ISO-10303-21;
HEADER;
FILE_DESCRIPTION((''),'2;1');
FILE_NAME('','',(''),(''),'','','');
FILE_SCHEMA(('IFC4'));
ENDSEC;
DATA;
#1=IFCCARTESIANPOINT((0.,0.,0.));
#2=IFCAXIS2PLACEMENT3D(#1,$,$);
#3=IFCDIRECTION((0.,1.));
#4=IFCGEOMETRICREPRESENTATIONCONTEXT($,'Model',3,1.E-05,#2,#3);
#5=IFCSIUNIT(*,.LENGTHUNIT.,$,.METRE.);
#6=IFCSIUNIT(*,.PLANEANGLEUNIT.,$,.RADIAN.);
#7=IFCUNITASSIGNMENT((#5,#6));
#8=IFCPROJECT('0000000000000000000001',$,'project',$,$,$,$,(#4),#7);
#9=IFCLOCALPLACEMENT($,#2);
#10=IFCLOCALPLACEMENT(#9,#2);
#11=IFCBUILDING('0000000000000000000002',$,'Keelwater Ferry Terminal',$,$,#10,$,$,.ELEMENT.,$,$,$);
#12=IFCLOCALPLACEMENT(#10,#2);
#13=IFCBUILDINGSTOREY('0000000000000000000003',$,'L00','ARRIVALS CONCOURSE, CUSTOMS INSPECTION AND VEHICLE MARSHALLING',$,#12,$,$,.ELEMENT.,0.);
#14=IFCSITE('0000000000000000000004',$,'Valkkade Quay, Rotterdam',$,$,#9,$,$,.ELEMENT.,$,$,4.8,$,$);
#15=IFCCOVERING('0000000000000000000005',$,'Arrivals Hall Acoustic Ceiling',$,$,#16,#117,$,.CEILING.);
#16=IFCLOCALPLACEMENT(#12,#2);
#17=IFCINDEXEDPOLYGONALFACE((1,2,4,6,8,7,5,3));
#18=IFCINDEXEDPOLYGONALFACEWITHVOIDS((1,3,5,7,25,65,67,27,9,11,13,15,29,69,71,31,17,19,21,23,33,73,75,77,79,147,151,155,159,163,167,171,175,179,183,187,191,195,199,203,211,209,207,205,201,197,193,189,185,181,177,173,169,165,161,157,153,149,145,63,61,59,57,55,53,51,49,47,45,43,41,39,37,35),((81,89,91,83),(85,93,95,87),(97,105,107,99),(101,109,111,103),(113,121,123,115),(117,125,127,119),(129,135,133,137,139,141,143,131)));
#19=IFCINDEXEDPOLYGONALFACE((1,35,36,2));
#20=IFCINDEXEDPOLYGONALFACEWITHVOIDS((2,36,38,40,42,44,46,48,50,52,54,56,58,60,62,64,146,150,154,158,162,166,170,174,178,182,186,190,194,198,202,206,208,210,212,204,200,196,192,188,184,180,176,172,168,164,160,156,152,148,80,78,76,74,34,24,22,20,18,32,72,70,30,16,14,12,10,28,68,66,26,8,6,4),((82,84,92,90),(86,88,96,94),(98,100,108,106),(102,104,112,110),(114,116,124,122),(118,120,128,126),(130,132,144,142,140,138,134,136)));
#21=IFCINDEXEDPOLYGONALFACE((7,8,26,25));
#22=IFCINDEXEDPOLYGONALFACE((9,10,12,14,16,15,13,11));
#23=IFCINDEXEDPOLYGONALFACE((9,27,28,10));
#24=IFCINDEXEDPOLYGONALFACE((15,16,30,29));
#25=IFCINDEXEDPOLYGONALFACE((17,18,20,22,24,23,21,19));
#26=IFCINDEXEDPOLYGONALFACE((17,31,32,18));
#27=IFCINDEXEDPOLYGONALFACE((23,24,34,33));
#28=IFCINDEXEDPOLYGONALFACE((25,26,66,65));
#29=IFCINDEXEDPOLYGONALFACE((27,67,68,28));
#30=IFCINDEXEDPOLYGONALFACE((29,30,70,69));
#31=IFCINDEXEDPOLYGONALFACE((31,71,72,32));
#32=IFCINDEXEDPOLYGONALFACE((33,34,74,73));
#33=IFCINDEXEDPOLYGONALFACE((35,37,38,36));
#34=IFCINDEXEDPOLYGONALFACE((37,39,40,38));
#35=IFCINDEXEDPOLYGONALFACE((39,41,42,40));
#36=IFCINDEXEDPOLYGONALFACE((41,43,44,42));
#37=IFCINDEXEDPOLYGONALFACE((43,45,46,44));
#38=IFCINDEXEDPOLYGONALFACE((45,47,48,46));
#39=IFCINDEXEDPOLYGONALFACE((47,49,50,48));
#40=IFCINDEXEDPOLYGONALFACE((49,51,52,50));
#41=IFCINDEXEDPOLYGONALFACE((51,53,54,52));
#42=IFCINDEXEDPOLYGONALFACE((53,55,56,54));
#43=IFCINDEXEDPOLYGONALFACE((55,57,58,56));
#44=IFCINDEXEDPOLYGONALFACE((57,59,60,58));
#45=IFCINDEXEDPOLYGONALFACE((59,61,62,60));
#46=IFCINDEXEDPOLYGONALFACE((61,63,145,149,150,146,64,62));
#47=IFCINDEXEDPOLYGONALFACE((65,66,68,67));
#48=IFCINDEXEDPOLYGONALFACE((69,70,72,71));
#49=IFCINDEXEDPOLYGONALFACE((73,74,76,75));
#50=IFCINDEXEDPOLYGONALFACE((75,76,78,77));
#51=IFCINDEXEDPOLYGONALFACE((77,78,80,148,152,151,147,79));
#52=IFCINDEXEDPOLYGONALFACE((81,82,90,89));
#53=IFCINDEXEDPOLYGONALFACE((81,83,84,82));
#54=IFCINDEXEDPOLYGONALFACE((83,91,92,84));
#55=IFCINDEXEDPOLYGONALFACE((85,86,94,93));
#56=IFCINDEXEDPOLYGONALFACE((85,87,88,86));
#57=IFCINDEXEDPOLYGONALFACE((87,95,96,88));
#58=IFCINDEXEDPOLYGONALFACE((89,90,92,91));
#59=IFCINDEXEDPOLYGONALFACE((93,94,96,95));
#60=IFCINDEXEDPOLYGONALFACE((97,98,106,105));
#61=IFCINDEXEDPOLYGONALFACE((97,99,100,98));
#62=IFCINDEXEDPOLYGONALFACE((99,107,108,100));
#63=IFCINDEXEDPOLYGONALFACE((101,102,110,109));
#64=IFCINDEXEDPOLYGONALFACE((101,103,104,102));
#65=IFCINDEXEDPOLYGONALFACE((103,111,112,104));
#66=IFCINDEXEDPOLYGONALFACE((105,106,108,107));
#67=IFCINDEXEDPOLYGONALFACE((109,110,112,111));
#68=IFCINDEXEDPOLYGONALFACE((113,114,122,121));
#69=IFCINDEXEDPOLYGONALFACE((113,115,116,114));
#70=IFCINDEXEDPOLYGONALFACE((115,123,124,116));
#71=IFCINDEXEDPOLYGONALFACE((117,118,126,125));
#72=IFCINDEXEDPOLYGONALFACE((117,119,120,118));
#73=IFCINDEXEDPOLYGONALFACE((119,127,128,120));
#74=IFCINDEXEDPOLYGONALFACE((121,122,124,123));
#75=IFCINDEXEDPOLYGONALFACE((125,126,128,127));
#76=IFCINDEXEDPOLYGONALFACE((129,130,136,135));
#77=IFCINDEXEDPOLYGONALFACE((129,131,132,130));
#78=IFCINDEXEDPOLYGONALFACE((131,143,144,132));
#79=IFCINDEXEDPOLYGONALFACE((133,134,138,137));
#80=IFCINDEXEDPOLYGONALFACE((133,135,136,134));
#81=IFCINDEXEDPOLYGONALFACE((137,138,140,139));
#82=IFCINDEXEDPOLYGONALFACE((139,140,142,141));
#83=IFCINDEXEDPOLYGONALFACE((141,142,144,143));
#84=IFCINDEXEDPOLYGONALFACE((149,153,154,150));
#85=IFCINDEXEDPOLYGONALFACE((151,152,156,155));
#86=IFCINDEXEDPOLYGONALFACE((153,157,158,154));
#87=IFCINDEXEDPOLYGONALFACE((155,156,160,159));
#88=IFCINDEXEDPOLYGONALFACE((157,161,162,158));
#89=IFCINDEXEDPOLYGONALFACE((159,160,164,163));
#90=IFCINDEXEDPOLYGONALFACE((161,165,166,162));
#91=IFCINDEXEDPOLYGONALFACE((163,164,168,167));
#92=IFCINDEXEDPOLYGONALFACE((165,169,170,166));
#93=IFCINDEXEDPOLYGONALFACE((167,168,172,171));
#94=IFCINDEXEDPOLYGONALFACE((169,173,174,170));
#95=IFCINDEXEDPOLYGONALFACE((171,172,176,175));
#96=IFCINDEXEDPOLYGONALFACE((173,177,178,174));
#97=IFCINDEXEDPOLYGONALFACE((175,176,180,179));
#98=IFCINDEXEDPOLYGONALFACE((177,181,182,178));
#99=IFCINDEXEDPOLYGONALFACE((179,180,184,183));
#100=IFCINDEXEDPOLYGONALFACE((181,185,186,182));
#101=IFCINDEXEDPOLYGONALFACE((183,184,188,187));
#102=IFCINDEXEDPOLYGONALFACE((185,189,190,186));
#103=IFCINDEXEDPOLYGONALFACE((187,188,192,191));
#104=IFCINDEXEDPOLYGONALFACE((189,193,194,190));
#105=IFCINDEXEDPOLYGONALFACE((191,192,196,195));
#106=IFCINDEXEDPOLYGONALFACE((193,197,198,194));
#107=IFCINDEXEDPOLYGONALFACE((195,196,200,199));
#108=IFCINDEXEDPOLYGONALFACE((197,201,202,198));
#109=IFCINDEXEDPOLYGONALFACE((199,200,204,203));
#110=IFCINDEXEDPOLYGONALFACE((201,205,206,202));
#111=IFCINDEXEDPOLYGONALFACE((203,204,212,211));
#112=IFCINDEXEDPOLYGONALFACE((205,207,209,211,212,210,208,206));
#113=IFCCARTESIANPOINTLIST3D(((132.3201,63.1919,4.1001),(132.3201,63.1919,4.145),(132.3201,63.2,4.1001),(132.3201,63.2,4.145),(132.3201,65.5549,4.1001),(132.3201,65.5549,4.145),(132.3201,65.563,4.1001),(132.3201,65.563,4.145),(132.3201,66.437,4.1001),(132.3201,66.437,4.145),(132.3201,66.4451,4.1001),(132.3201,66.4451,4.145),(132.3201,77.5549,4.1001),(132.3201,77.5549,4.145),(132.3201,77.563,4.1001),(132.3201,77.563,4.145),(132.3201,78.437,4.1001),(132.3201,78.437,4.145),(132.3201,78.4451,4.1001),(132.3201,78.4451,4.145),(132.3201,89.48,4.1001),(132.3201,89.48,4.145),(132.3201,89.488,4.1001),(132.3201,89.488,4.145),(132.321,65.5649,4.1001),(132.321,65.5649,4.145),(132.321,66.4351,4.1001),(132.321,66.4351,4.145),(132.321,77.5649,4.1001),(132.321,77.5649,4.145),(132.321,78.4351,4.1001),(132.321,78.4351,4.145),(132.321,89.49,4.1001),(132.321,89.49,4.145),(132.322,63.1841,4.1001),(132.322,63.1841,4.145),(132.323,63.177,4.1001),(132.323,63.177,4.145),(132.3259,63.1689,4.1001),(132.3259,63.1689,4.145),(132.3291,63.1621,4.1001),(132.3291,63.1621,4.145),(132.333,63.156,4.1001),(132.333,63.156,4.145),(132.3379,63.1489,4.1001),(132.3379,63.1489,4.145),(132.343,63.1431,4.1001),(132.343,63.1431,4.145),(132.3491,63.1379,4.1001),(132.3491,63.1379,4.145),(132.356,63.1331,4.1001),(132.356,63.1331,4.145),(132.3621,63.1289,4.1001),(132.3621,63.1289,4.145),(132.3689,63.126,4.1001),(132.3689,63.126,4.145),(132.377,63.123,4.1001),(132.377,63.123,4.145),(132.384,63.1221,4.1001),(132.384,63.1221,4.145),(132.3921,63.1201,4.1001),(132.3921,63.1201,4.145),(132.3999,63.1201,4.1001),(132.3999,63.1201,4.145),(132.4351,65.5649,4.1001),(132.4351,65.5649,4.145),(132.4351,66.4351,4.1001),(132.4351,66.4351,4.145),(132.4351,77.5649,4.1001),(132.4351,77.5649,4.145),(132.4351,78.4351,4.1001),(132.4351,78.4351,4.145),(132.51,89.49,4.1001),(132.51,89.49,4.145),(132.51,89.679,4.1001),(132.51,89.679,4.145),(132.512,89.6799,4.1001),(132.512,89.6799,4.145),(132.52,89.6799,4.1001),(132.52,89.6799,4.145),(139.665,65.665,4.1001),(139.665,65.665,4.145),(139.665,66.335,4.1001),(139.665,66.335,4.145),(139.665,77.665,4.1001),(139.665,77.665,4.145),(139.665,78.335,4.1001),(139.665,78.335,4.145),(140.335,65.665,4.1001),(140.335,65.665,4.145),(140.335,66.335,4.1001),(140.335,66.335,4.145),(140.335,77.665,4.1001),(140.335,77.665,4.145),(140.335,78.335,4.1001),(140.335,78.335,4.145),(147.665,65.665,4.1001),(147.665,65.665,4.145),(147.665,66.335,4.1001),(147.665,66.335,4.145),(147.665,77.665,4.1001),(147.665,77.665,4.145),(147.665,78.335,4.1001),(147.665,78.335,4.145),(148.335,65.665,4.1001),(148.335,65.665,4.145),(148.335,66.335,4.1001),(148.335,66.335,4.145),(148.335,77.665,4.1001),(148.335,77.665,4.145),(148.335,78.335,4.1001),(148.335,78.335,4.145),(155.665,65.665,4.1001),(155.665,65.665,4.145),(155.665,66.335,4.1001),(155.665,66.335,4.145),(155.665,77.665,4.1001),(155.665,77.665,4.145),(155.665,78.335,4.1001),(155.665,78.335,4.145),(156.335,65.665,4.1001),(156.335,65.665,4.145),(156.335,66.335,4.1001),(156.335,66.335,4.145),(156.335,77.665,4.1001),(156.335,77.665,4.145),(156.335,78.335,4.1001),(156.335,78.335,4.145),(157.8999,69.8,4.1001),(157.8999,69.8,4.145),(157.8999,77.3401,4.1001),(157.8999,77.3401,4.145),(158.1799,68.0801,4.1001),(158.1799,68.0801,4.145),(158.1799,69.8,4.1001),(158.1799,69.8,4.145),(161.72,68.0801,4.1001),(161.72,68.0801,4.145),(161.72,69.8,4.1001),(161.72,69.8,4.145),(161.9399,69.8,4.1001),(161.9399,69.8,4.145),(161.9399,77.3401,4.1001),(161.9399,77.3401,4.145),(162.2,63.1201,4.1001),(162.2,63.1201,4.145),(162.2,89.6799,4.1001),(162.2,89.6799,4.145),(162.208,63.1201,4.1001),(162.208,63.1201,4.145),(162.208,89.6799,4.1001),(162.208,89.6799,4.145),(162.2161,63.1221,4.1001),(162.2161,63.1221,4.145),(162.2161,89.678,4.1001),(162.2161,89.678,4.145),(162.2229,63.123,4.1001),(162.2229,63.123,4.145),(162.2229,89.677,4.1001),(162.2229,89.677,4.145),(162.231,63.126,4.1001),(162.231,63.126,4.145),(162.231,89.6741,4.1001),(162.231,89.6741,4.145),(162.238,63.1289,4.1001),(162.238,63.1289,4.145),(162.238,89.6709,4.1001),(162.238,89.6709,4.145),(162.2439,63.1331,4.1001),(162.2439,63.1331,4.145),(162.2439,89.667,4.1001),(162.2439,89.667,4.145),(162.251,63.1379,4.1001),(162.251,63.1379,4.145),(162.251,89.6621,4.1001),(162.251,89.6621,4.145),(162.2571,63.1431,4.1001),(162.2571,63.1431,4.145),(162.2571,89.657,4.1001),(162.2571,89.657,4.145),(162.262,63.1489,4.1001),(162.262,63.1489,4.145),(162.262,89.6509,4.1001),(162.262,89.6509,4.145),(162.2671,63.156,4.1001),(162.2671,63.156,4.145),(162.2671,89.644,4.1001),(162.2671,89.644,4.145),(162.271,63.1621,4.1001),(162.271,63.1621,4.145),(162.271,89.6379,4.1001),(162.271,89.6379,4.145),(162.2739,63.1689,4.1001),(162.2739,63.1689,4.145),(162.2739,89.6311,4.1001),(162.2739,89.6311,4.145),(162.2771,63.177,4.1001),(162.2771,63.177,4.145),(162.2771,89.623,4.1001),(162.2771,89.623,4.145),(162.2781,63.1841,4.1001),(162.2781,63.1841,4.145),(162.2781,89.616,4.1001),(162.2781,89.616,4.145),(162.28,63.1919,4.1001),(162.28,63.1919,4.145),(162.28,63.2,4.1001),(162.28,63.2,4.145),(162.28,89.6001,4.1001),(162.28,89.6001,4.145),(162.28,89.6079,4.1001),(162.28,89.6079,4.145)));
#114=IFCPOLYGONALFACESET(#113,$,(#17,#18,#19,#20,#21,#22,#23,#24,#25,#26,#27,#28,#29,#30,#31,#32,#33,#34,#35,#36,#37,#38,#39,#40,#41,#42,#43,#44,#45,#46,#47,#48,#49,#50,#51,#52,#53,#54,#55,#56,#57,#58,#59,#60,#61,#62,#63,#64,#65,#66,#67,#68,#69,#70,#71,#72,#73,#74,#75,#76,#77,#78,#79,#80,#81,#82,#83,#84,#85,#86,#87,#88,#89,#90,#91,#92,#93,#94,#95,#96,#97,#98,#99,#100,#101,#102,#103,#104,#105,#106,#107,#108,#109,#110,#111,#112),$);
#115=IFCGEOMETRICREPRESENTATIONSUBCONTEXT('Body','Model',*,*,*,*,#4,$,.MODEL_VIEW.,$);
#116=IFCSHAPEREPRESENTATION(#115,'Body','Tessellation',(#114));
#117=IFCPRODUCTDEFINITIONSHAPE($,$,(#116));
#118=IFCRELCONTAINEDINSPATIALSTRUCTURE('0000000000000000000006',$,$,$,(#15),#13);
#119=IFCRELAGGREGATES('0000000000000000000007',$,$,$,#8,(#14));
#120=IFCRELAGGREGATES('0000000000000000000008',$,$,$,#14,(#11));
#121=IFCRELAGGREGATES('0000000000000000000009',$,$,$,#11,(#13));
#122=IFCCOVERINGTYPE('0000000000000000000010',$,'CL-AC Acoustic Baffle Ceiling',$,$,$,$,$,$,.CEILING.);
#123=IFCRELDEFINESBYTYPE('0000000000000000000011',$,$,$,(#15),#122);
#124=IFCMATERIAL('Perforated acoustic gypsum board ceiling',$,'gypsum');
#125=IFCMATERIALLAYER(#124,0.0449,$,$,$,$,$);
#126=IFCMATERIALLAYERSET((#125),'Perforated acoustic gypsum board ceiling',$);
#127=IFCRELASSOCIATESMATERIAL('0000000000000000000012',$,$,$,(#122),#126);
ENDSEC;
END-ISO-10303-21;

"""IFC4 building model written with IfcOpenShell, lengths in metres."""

from ifc_helpers import new_model, si_unit, direction, frame, origin, place, context, subcontext, project, spatial, polyline, outline, extrude, material, layer, layer_set, type_object, element, save


model = new_model("IFC4")

# Units and contexts
model_context = context("Model", 3, precision=1e-05, world=origin(), true_north=direction((0.0, 1.0)))
body_context = subcontext(model_context, "Body", "Model", "MODEL_VIEW")
ifc_project = project(units=[si_unit("LENGTHUNIT", "METRE"), si_unit("PLANEANGLEUNIT", "RADIAN")], contexts=[model_context])

# Site, building, storey
site_placement = place(None, origin())
site = spatial("IfcSite", under=ifc_project, at=site_placement, Name="Valkkade Quay, Rotterdam", CompositionType="ELEMENT", RefElevation=4.8)
building_placement = place(site_placement, origin())
building = spatial("IfcBuilding", under=site, at=building_placement, Name="Keelwater Ferry Terminal", CompositionType="ELEMENT")
storey_placement = place(building_placement, origin())
storey = spatial("IfcBuildingStorey", under=building, at=storey_placement, Name="L00", Description="ARRIVALS CONCOURSE, CUSTOMS INSPECTION AND VEHICLE MARSHALLING", CompositionType="ELEMENT", Elevation=0.0)

# Covering
ifc_material_1 = material(Name="Perforated acoustic gypsum board ceiling", Category="gypsum")
ifc_layer_1 = layer(ifc_material_1, 0.0449)
ifc_layer_set_1 = layer_set([ifc_layer_1], Name="Perforated acoustic gypsum board ceiling")
covering_type_1 = type_object("IfcCoveringType", Name="CL-AC Acoustic Baffle Ceiling", PredefinedType="CEILING", material=ifc_layer_set_1)
covering_1_placement = place(storey_placement, frame((0.0, 0.0, 4.1001)))
element("IfcCovering", 1, at=covering_1_placement, inside=storey, type_object=covering_type_1, Name="Arrivals Hall Acoustic Ceiling", PredefinedType="CEILING", context=body_context, shape_type="SweptSolid", body=[
    extrude(outline(polyline([(132.3201, 66.437), (132.3201, 66.4451), (132.3201, 77.5549), (132.3201, 77.563), (132.321, 77.5649), (132.4351, 77.5649), (132.4351, 78.4351), (132.321, 78.4351), (132.3201, 78.437), (132.3201, 78.4451), (132.3201, 89.48), (132.3201, 89.488), (132.321, 89.49), (132.51, 89.49), (132.51, 89.679), (132.512, 89.6799), (132.52, 89.6799), (162.2, 89.6799), (162.208, 89.6799), (162.2161, 89.678), (162.2229, 89.677), (162.231, 89.6741), (162.238, 89.6709), (162.2439, 89.667), (162.251, 89.6621), (162.2571, 89.657), (162.262, 89.6509), (162.2671, 89.644), (162.271, 89.6379), (162.2739, 89.6311), (162.2771, 89.623), (162.2781, 89.616), (162.28, 89.6079), (162.28, 89.6001), (162.28, 63.2), (162.28, 63.1919), (162.2781, 63.1841), (162.2771, 63.177), (162.2739, 63.1689), (162.271, 63.1621), (162.2671, 63.156), (162.262, 63.1489), (162.2571, 63.1431), (162.251, 63.1379), (162.2439, 63.1331), (162.238, 63.1289), (162.231, 63.126), (162.2229, 63.123), (162.2161, 63.1221), (162.208, 63.1201), (162.2, 63.1201), (132.3999, 63.1201), (132.3921, 63.1201), (132.384, 63.1221), (132.377, 63.123), (132.3689, 63.126), (132.3621, 63.1289), (132.356, 63.1331), (132.3491, 63.1379), (132.343, 63.1431), (132.3379, 63.1489), (132.333, 63.156), (132.3291, 63.1621), (132.3259, 63.1689), (132.323, 63.177), (132.322, 63.1841), (132.3201, 63.1919), (132.3201, 63.2), (132.3201, 65.5549), (132.3201, 65.563), (132.321, 65.5649), (132.4351, 65.5649), (132.4351, 66.4351), (132.321, 66.4351), (132.3201, 66.437)]), holes=[polyline([(161.72, 69.8), (161.9399, 69.8), (161.9399, 77.3401), (157.8999, 77.3401), (157.8999, 69.8), (158.1799, 69.8), (158.1799, 68.0801), (161.72, 68.0801), (161.72, 69.8)]), polyline([(140.335, 66.335), (139.665, 66.335), (139.665, 65.665), (140.335, 65.665), (140.335, 66.335)]), polyline([(156.335, 66.335), (155.665, 66.335), (155.665, 65.665), (156.335, 65.665), (156.335, 66.335)]), polyline([(148.335, 66.335), (147.665, 66.335), (147.665, 65.665), (148.335, 65.665), (148.335, 66.335)]), polyline([(156.335, 78.335), (155.665, 78.335), (155.665, 77.665), (156.335, 77.665), (156.335, 78.335)]), polyline([(148.335, 78.335), (147.665, 78.335), (147.665, 77.665), (148.335, 77.665), (148.335, 78.335)]), polyline([(140.335, 78.335), (139.665, 78.335), (139.665, 77.665), (140.335, 77.665), (140.335, 78.335)])]), origin(), (0.0, 0.0, 1.0), 0.0449),
])

save(model, "model.ifc")
